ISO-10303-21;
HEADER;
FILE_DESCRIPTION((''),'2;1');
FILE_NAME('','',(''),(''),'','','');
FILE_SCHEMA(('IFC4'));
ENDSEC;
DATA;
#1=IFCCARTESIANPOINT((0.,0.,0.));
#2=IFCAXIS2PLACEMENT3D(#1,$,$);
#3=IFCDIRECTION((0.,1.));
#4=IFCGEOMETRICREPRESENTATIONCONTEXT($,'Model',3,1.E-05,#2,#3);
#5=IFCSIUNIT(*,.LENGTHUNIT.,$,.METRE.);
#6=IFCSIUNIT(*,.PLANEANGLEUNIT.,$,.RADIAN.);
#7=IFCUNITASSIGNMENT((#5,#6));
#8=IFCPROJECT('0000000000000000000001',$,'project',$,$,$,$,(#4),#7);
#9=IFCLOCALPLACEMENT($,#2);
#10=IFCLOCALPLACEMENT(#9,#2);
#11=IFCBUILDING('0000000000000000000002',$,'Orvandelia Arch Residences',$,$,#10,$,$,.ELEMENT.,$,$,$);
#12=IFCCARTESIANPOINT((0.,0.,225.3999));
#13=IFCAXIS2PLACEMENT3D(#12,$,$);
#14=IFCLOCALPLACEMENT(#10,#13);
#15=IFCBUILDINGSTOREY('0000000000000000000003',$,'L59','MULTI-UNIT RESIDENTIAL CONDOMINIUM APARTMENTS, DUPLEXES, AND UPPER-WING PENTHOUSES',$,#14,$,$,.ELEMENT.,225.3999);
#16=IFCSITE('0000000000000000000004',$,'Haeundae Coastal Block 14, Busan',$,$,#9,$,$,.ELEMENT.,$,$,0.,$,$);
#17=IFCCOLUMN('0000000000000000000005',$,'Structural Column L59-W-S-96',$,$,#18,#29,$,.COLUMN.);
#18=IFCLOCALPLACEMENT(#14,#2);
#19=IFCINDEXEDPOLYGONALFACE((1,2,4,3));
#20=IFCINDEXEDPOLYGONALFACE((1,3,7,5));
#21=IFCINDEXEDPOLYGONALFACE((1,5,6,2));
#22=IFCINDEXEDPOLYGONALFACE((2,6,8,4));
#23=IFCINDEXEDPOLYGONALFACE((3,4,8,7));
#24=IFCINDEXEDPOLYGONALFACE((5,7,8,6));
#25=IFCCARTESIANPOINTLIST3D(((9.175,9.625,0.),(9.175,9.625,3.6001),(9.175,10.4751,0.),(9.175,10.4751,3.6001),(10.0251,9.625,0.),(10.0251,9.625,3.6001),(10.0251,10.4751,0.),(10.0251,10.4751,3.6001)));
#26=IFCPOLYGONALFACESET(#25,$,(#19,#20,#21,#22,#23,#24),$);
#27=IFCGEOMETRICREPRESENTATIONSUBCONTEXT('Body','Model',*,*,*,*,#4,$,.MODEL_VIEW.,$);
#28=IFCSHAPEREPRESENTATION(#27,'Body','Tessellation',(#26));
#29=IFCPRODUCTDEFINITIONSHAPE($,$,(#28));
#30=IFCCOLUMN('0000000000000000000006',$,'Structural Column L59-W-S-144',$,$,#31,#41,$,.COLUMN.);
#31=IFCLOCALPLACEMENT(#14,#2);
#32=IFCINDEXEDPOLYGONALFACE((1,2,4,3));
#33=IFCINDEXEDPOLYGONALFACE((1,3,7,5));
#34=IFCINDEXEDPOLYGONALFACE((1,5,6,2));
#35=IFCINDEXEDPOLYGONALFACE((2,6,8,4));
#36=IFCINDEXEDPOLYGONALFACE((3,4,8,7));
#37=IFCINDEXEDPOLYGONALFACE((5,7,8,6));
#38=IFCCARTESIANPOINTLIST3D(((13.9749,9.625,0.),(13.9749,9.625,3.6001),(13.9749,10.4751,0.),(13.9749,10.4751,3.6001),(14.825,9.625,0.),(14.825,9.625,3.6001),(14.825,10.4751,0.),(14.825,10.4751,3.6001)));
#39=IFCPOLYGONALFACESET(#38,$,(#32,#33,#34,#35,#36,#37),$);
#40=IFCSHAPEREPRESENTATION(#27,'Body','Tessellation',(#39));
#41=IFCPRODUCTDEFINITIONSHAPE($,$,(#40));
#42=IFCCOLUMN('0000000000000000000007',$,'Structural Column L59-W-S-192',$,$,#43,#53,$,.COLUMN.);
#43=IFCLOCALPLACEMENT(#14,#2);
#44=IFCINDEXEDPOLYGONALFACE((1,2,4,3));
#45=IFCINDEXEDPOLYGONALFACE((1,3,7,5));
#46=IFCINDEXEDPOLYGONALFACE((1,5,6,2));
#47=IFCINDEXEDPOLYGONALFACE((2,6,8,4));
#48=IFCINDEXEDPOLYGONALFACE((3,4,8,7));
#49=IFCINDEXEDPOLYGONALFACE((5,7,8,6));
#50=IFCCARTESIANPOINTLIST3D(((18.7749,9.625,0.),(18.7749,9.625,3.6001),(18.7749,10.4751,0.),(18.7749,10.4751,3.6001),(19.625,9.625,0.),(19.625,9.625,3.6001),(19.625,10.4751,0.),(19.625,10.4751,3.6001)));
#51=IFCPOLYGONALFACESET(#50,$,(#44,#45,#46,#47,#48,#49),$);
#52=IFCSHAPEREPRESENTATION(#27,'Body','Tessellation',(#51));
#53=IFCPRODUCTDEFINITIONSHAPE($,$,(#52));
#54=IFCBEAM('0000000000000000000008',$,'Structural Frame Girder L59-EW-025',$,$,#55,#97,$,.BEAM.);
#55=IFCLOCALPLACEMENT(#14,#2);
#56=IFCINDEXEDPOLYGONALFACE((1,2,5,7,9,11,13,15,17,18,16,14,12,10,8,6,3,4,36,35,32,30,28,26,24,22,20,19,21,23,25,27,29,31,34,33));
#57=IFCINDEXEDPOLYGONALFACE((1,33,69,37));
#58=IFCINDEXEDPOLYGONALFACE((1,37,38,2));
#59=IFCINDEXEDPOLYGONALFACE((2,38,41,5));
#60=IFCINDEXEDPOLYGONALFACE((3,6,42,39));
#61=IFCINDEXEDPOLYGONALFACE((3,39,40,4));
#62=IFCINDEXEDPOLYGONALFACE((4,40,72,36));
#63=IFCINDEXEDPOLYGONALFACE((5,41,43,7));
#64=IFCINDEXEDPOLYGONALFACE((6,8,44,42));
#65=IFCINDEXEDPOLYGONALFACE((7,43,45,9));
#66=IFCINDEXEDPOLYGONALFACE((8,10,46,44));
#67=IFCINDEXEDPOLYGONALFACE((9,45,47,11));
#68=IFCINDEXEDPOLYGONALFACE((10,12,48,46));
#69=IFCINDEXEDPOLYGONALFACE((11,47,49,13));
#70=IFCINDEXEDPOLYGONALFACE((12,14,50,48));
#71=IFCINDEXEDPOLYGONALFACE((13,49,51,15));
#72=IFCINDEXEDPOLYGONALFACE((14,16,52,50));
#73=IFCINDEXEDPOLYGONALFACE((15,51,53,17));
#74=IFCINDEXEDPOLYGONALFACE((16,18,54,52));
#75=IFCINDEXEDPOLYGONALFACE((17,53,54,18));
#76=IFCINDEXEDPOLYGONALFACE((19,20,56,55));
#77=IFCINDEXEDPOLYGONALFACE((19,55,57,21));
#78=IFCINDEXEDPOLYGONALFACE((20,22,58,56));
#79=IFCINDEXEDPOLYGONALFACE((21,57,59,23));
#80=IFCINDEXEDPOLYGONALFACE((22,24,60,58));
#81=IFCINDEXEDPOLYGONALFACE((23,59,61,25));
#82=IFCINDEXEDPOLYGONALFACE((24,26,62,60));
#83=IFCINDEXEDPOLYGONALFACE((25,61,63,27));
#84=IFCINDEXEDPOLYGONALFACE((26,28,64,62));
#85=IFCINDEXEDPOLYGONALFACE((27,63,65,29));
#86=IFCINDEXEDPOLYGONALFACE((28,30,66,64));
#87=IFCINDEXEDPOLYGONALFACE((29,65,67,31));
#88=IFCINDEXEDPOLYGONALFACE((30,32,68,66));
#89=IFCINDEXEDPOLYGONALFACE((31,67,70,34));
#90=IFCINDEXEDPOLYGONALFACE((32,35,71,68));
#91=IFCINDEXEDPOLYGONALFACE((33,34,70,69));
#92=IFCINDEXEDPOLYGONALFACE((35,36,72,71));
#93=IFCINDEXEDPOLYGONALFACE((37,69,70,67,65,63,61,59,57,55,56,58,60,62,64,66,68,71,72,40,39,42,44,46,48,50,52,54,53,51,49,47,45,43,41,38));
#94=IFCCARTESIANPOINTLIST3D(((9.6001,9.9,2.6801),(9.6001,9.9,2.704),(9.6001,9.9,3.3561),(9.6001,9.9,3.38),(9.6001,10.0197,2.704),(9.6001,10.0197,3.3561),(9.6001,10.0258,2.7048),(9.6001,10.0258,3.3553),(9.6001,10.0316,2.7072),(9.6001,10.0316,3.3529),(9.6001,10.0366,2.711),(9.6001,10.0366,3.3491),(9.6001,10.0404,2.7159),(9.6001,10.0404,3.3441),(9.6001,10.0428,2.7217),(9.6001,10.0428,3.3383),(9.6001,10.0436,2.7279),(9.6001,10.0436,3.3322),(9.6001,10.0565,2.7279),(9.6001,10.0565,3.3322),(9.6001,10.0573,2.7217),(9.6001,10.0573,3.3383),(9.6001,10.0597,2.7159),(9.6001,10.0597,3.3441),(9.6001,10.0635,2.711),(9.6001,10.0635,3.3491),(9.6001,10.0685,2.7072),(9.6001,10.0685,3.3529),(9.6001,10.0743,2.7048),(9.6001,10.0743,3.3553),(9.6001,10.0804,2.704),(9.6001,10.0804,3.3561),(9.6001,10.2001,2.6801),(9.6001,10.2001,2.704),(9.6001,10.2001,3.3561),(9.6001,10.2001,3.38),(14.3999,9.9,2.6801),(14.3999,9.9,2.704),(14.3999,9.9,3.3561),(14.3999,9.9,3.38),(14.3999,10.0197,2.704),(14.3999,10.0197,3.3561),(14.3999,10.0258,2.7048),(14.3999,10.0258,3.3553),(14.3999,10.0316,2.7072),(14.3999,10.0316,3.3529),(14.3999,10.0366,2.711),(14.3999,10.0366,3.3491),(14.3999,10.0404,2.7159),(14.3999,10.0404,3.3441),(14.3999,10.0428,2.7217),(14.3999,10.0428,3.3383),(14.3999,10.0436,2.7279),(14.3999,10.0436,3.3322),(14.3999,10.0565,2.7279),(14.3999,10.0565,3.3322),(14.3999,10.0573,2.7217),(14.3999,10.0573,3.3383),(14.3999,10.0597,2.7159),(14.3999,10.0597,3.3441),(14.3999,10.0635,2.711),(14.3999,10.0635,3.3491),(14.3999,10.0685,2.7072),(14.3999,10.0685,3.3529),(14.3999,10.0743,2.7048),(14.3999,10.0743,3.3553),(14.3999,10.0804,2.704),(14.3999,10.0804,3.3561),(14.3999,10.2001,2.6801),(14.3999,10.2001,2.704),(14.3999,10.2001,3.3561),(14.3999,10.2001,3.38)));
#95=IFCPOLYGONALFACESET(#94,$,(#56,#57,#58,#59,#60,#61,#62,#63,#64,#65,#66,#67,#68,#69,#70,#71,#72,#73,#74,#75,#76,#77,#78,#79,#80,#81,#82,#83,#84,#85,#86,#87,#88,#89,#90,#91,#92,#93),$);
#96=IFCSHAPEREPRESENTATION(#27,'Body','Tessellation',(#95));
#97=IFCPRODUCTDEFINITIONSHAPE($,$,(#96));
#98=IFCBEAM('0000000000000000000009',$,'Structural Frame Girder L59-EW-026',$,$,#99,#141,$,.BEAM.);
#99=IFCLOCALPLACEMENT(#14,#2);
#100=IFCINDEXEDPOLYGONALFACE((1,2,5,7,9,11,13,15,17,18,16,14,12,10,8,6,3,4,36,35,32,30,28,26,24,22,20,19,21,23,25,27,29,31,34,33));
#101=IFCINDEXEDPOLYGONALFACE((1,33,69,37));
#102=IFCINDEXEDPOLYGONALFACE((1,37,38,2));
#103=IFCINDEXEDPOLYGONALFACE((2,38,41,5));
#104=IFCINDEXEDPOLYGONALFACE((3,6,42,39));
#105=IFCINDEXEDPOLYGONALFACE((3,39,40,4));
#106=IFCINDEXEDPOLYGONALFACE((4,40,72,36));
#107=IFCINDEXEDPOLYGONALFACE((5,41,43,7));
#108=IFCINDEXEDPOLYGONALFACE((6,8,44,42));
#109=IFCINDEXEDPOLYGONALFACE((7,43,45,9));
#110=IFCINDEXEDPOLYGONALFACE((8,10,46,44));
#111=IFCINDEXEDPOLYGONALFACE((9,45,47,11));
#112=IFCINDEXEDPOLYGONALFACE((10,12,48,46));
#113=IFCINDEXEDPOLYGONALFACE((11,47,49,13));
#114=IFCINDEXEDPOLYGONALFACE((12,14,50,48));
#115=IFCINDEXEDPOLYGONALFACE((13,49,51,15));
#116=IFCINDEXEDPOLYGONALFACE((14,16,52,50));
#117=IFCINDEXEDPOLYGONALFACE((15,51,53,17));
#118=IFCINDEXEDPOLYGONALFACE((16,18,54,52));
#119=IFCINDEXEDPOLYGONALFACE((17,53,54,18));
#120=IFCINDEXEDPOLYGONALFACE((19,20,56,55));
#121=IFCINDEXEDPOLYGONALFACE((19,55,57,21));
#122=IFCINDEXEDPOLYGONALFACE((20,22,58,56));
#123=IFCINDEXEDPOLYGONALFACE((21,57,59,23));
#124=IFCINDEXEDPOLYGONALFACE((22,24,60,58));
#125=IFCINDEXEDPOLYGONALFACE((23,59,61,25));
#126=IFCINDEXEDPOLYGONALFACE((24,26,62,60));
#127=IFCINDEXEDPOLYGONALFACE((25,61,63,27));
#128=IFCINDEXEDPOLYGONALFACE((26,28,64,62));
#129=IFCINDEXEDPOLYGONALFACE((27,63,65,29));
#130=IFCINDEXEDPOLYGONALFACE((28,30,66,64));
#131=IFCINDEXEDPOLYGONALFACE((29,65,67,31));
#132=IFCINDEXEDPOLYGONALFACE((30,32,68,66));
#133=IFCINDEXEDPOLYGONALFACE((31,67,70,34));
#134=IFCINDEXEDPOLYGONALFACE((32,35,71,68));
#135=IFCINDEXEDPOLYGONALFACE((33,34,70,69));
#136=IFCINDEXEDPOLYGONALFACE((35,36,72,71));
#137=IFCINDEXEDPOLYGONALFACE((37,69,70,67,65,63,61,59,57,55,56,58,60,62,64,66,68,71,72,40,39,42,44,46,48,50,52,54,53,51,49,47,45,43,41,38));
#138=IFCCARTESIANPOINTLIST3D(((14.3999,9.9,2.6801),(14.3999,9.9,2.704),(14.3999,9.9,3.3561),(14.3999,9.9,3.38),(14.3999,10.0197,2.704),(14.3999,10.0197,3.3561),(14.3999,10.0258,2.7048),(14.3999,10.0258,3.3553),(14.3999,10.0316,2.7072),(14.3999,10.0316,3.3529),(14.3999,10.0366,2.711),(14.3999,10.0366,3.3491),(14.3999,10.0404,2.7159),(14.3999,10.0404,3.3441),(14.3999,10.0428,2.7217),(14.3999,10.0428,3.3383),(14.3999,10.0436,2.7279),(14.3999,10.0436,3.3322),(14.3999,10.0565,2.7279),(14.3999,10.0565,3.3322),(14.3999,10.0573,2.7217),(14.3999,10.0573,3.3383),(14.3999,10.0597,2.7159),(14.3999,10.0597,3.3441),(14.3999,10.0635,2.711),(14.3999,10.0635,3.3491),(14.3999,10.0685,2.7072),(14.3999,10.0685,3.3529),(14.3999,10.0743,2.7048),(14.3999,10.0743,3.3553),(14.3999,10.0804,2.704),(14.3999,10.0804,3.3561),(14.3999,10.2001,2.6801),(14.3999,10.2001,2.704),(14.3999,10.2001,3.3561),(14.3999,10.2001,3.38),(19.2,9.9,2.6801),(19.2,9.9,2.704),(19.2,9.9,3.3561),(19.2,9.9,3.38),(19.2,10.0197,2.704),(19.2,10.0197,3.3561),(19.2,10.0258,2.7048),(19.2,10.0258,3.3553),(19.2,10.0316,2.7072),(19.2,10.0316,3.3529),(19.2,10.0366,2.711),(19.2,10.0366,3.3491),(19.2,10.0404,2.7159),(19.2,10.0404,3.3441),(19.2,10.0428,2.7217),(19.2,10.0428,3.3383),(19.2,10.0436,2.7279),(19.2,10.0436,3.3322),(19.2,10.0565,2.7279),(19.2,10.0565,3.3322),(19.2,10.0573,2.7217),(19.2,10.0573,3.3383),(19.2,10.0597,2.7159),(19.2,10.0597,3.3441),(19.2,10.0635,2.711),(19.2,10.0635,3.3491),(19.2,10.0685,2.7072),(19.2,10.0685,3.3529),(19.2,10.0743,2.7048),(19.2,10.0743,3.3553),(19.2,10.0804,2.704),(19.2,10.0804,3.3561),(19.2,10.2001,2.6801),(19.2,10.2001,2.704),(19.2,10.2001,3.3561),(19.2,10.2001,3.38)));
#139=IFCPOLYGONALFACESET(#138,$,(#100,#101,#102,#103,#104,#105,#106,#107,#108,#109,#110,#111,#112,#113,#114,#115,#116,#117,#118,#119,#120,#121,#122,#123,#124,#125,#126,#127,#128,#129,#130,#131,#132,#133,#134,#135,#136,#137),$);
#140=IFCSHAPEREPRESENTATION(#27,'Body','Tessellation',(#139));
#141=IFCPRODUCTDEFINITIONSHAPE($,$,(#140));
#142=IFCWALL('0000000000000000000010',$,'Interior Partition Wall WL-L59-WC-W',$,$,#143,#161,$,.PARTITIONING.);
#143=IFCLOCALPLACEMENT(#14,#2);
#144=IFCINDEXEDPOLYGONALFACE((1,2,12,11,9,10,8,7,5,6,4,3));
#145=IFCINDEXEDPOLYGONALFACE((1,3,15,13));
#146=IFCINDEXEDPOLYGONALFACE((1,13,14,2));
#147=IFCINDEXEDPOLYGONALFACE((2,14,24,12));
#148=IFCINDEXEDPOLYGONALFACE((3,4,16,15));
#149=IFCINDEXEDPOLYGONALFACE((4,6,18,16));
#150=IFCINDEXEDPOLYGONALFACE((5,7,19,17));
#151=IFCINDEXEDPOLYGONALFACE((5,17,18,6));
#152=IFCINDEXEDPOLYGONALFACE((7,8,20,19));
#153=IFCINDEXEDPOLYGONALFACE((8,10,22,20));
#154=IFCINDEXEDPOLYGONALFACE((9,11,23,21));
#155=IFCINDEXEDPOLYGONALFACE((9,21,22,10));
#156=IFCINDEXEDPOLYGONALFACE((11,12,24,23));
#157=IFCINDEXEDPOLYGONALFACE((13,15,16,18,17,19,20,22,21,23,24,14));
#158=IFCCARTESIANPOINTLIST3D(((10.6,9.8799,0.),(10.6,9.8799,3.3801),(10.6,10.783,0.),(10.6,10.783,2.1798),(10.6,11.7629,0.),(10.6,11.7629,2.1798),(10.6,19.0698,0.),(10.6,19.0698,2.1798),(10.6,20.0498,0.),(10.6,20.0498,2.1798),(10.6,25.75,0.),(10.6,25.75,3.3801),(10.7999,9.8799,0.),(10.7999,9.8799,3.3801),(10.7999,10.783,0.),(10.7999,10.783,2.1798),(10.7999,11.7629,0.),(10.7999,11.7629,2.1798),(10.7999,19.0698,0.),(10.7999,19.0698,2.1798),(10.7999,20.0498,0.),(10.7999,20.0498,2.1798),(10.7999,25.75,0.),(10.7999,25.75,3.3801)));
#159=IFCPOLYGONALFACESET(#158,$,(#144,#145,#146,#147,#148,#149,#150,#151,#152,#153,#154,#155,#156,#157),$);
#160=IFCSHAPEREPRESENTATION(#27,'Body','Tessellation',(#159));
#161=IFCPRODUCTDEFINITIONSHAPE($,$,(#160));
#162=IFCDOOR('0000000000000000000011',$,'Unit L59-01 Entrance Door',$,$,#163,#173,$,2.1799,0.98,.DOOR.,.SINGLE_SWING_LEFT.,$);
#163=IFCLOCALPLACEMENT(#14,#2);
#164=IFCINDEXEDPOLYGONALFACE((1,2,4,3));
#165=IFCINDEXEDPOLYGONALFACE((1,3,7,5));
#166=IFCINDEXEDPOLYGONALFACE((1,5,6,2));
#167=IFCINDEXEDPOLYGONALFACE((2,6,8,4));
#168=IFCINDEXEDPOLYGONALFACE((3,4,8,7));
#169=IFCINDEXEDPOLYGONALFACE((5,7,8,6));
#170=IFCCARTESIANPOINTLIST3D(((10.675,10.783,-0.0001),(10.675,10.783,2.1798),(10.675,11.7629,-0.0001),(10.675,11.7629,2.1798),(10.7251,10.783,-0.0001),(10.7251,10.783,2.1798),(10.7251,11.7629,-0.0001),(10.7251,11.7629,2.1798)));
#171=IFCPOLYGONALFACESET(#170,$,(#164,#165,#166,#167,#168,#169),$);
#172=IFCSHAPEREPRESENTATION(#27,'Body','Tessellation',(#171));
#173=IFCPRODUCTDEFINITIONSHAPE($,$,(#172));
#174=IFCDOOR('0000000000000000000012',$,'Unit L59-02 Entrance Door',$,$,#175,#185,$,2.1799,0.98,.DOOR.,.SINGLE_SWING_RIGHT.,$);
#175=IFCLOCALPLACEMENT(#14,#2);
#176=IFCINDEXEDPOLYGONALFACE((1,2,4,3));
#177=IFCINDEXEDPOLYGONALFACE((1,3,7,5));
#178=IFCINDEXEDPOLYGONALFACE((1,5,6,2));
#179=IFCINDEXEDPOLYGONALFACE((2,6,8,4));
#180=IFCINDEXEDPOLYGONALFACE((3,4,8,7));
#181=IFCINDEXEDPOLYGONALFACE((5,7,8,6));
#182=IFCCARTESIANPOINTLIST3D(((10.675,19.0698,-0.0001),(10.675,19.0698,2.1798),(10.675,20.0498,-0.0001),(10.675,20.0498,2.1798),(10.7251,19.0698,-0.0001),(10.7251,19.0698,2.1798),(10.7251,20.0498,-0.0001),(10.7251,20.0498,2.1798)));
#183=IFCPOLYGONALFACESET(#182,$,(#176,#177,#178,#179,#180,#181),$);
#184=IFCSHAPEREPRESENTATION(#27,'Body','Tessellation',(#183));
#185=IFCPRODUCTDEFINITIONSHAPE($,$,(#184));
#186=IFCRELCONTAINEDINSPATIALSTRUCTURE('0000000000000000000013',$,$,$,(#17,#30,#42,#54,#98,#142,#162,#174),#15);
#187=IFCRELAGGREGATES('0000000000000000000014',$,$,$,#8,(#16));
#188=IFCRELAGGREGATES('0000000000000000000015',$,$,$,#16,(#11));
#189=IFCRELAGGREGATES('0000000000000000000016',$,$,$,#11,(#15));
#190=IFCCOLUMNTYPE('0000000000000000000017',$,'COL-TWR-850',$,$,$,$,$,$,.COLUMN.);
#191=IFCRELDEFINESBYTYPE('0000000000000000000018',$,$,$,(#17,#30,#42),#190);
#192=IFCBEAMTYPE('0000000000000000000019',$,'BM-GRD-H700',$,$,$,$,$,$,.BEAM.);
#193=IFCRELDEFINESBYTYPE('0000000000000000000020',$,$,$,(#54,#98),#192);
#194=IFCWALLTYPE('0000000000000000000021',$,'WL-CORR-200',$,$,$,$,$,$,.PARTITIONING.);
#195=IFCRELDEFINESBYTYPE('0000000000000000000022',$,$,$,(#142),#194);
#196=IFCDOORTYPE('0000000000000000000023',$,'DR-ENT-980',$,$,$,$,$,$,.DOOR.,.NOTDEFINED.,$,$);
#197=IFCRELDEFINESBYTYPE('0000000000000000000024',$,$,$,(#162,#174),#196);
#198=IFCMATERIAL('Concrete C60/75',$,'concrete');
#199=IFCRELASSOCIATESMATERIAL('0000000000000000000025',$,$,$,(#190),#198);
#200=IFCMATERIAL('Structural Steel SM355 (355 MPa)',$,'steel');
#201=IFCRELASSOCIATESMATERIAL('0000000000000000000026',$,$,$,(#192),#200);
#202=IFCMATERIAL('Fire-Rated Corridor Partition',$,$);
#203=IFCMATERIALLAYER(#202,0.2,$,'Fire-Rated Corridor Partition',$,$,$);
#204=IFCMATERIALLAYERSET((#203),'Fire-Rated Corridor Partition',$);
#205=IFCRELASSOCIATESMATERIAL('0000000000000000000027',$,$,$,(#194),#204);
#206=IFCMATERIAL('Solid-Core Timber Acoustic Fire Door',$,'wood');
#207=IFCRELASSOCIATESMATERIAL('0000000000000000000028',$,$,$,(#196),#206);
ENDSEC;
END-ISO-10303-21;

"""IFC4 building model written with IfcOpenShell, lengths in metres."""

from ifc_helpers import new_model, si_unit, direction, frame, frame_2d, origin, origin_2d, place, context, subcontext, project, spatial, rectangle, i_section, extrude, material, layer, layer_set, material_profile, profile_set, type_object, element, fill, save


model = new_model("IFC4")

# Units and contexts
model_context = context("Model", 3, precision=1e-05, world=origin(), true_north=direction((0.0, 1.0)))
body_context = subcontext(model_context, "Body", "Model", "MODEL_VIEW")
ifc_project = project(units=[si_unit("LENGTHUNIT", "METRE"), si_unit("PLANEANGLEUNIT", "RADIAN")], contexts=[model_context])

# Site, building, storey
site_placement = place(None, origin())
site = spatial("IfcSite", under=ifc_project, at=site_placement, Name="Haeundae Coastal Block 14, Busan", CompositionType="ELEMENT", RefElevation=0.0)
building_placement = place(site_placement, origin())
building = spatial("IfcBuilding", under=site, at=building_placement, Name="Orvandelia Arch Residences", CompositionType="ELEMENT")
storey_placement = place(building_placement, frame((0.0, 0.0, 225.3999)))
storey = spatial("IfcBuildingStorey", under=building, at=storey_placement, Name="L59", Description="MULTI-UNIT RESIDENTIAL CONDOMINIUM APARTMENTS, DUPLEXES, AND UPPER-WING PENTHOUSES", CompositionType="ELEMENT", Elevation=225.3999)

# Columns
ifc_material_1 = material(Name="Concrete C60/75", Category="concrete")
ifc_material_profile_1 = material_profile(ifc_material_1, rectangle(XDim=0.8501, YDim=0.8501, at=origin_2d()), Name="Concrete C60/75", Category="concrete")
ifc_profile_set_1 = profile_set([ifc_material_profile_1], Name="Concrete C60/75")
column_type = type_object("IfcColumnType", Name="COL-TWR-850", PredefinedType="COLUMN", material=ifc_profile_set_1)
for number, where, z_axis, x_axis, name in (
    (1, (9.6001, 10.05, 0.0), (0.0, 0.0, 1.0), (1.0, 0.0, 0.0), "Structural Column L59-W-S-96"),
    (2, (14.3999, 10.05, 0.0), (0.0, 0.0, 1.0), (1.0, 0.0, 0.0), "Structural Column L59-W-S-144"),
    (3, (19.2, 10.05, 0.0), (0.0, 0.0, 1.0), (1.0, 0.0, 0.0), "Structural Column L59-W-S-192"),
):
    element("IfcColumn", number, at=place(storey_placement, frame(where, z_axis=z_axis, x_axis=x_axis)), inside=storey, type_object=column_type, Name=name, PredefinedType="COLUMN", context=body_context, shape_type="SweptSolid", body=[
        extrude(rectangle(XDim=0.8501, YDim=0.8501, at=origin_2d()), origin(), (0.0, 0.0, 1.0), 3.6001),
    ])

# Beams
ifc_material_2 = material(Name="Structural Steel SM355 (355 MPa)", Category="steel")
ifc_material_profile_2 = material_profile(ifc_material_2, i_section(OverallWidth=0.3, OverallDepth=0.7, WebThickness=0.0129, FlangeThickness=0.0239, FilletRadius=0.0239, at=origin_2d()), Name="Structural Steel SM355 (355 MPa)", Category="steel")
ifc_profile_set_2 = profile_set([ifc_material_profile_2], Name="Structural Steel SM355 (355 MPa)")
beam_type = type_object("IfcBeamType", Name="BM-GRD-H700", PredefinedType="BEAM", material=ifc_profile_set_2)
beam_1_placement = place(storey_placement, frame((9.6001, 10.05, 3.03), z_axis=(1.0, 0.0, 0.0), x_axis=(0.0, 1.0, 0.0)))
element("IfcBeam", 4, at=beam_1_placement, inside=storey, type_object=beam_type, Name="Structural Frame Girder L59-EW-025", PredefinedType="BEAM", context=body_context, shape_type="SweptSolid", body=[
    extrude(i_section(OverallWidth=0.3, OverallDepth=0.7, WebThickness=0.0129, FlangeThickness=0.0239, FilletRadius=0.0239, at=origin_2d()), origin(), (0.0, 0.0, 1.0), 4.7998),
])
beam_2_placement = place(storey_placement, frame((14.3999, 10.05, 3.03), z_axis=(1.0, 0.0, 0.0), x_axis=(0.0, 1.0, 0.0)))
element("IfcBeam", 5, at=beam_2_placement, inside=storey, type_object=beam_type, Name="Structural Frame Girder L59-EW-026", PredefinedType="BEAM", context=body_context, shape_type="SweptSolid", body=[
    extrude(i_section(OverallWidth=0.3, OverallDepth=0.7, WebThickness=0.0129, FlangeThickness=0.0239, FilletRadius=0.0239, at=origin_2d()), origin(), (0.0, 0.0, 1.0), 4.8),
])

# Wall, openings, doors
ifc_material_3 = material(Name="Fire-Rated Corridor Partition")
ifc_layer_1 = layer(ifc_material_3, 0.2, Name="Fire-Rated Corridor Partition")
ifc_layer_set_1 = layer_set([ifc_layer_1], Name="Fire-Rated Corridor Partition")
wall_type_1 = type_object("IfcWallType", Name="WL-CORR-200", PredefinedType="PARTITIONING", material=ifc_layer_set_1)
wall_1_placement = place(storey_placement, frame((10.7, 9.8799, 0.0), z_axis=(0.0, 0.0, 1.0), x_axis=(0.0, 1.0, 0.0)))
wall_1 = element("IfcWall", 6, at=wall_1_placement, inside=storey, type_object=wall_type_1, Name="Interior Partition Wall WL-L59-WC-W", PredefinedType="PARTITIONING", context=body_context, shape_type="SweptSolid", body=[
    extrude(rectangle(XDim=15.8701, YDim=0.2, at=frame_2d((7.9351, 0.0))), origin(), (0.0, 0.0, 1.0), 3.3801),
])
opening_1_placement = place(wall_1_placement, frame((0.9031, 0.0, 0.0)))
opening_1 = element("IfcOpeningElement", 7, at=opening_1_placement, cuts=wall_1, PredefinedType="OPENING", context=body_context, shape_type="SweptSolid", body=[
    extrude(rectangle(XDim=0.98, YDim=2.1799, at=frame_2d((0.49, 1.0898))), frame((0.0, 0.1099, 0.0), z_axis=(0.0, -1.0, 0.0), x_axis=(1.0, 0.0, 0.0)), (0.0, 0.0, 1.0), 0.22),
])
opening_2_placement = place(wall_1_placement, frame((9.1899, 0.0, 0.0)))
opening_2 = element("IfcOpeningElement", 8, at=opening_2_placement, cuts=wall_1, PredefinedType="OPENING", context=body_context, shape_type="SweptSolid", body=[
    extrude(rectangle(XDim=0.98, YDim=2.1799, at=frame_2d((0.49, 1.0898))), frame((0.0, 0.1099, 0.0), z_axis=(0.0, -1.0, 0.0), x_axis=(1.0, 0.0, 0.0)), (0.0, 0.0, 1.0), 0.22),
])
ifc_material_4 = material(Name="Solid-Core Timber Acoustic Fire Door", Category="wood")
door_type_1 = type_object("IfcDoorType", Name="DR-ENT-980", OperationType="NOTDEFINED", PredefinedType="DOOR", material=ifc_material_4)
door_1_placement = place(opening_1_placement, origin())
door_1 = element("IfcDoor", 9, at=door_1_placement, inside=storey, type_object=door_type_1, Name="Unit L59-01 Entrance Door", OperationType="SINGLE_SWING_LEFT", OverallHeight=2.1799, OverallWidth=0.98, PredefinedType="DOOR", context=body_context, shape_type="SweptSolid", body=[
    extrude(rectangle(XDim=0.98, YDim=2.1799, at=frame_2d((0.49, 1.0898))), frame((0.0, 0.0249, 0.0), z_axis=(0.0, -1.0, 0.0), x_axis=(1.0, 0.0, 0.0)), (0.0, 0.0, 1.0), 0.05),
])
fill(opening_1, door_1)
door_2_placement = place(opening_2_placement, origin())
door_2 = element("IfcDoor", 10, at=door_2_placement, inside=storey, type_object=door_type_1, Name="Unit L59-02 Entrance Door", OperationType="SINGLE_SWING_RIGHT", OverallHeight=2.1799, OverallWidth=0.98, PredefinedType="DOOR", context=body_context, shape_type="SweptSolid", body=[
    extrude(rectangle(XDim=0.98, YDim=2.1799, at=frame_2d((0.49, 1.0898))), frame((0.0, 0.0249, 0.0), z_axis=(0.0, -1.0, 0.0), x_axis=(1.0, 0.0, 0.0)), (0.0, 0.0, 1.0), 0.05),
])
fill(opening_2, door_2)

save(model, "model.ifc")
